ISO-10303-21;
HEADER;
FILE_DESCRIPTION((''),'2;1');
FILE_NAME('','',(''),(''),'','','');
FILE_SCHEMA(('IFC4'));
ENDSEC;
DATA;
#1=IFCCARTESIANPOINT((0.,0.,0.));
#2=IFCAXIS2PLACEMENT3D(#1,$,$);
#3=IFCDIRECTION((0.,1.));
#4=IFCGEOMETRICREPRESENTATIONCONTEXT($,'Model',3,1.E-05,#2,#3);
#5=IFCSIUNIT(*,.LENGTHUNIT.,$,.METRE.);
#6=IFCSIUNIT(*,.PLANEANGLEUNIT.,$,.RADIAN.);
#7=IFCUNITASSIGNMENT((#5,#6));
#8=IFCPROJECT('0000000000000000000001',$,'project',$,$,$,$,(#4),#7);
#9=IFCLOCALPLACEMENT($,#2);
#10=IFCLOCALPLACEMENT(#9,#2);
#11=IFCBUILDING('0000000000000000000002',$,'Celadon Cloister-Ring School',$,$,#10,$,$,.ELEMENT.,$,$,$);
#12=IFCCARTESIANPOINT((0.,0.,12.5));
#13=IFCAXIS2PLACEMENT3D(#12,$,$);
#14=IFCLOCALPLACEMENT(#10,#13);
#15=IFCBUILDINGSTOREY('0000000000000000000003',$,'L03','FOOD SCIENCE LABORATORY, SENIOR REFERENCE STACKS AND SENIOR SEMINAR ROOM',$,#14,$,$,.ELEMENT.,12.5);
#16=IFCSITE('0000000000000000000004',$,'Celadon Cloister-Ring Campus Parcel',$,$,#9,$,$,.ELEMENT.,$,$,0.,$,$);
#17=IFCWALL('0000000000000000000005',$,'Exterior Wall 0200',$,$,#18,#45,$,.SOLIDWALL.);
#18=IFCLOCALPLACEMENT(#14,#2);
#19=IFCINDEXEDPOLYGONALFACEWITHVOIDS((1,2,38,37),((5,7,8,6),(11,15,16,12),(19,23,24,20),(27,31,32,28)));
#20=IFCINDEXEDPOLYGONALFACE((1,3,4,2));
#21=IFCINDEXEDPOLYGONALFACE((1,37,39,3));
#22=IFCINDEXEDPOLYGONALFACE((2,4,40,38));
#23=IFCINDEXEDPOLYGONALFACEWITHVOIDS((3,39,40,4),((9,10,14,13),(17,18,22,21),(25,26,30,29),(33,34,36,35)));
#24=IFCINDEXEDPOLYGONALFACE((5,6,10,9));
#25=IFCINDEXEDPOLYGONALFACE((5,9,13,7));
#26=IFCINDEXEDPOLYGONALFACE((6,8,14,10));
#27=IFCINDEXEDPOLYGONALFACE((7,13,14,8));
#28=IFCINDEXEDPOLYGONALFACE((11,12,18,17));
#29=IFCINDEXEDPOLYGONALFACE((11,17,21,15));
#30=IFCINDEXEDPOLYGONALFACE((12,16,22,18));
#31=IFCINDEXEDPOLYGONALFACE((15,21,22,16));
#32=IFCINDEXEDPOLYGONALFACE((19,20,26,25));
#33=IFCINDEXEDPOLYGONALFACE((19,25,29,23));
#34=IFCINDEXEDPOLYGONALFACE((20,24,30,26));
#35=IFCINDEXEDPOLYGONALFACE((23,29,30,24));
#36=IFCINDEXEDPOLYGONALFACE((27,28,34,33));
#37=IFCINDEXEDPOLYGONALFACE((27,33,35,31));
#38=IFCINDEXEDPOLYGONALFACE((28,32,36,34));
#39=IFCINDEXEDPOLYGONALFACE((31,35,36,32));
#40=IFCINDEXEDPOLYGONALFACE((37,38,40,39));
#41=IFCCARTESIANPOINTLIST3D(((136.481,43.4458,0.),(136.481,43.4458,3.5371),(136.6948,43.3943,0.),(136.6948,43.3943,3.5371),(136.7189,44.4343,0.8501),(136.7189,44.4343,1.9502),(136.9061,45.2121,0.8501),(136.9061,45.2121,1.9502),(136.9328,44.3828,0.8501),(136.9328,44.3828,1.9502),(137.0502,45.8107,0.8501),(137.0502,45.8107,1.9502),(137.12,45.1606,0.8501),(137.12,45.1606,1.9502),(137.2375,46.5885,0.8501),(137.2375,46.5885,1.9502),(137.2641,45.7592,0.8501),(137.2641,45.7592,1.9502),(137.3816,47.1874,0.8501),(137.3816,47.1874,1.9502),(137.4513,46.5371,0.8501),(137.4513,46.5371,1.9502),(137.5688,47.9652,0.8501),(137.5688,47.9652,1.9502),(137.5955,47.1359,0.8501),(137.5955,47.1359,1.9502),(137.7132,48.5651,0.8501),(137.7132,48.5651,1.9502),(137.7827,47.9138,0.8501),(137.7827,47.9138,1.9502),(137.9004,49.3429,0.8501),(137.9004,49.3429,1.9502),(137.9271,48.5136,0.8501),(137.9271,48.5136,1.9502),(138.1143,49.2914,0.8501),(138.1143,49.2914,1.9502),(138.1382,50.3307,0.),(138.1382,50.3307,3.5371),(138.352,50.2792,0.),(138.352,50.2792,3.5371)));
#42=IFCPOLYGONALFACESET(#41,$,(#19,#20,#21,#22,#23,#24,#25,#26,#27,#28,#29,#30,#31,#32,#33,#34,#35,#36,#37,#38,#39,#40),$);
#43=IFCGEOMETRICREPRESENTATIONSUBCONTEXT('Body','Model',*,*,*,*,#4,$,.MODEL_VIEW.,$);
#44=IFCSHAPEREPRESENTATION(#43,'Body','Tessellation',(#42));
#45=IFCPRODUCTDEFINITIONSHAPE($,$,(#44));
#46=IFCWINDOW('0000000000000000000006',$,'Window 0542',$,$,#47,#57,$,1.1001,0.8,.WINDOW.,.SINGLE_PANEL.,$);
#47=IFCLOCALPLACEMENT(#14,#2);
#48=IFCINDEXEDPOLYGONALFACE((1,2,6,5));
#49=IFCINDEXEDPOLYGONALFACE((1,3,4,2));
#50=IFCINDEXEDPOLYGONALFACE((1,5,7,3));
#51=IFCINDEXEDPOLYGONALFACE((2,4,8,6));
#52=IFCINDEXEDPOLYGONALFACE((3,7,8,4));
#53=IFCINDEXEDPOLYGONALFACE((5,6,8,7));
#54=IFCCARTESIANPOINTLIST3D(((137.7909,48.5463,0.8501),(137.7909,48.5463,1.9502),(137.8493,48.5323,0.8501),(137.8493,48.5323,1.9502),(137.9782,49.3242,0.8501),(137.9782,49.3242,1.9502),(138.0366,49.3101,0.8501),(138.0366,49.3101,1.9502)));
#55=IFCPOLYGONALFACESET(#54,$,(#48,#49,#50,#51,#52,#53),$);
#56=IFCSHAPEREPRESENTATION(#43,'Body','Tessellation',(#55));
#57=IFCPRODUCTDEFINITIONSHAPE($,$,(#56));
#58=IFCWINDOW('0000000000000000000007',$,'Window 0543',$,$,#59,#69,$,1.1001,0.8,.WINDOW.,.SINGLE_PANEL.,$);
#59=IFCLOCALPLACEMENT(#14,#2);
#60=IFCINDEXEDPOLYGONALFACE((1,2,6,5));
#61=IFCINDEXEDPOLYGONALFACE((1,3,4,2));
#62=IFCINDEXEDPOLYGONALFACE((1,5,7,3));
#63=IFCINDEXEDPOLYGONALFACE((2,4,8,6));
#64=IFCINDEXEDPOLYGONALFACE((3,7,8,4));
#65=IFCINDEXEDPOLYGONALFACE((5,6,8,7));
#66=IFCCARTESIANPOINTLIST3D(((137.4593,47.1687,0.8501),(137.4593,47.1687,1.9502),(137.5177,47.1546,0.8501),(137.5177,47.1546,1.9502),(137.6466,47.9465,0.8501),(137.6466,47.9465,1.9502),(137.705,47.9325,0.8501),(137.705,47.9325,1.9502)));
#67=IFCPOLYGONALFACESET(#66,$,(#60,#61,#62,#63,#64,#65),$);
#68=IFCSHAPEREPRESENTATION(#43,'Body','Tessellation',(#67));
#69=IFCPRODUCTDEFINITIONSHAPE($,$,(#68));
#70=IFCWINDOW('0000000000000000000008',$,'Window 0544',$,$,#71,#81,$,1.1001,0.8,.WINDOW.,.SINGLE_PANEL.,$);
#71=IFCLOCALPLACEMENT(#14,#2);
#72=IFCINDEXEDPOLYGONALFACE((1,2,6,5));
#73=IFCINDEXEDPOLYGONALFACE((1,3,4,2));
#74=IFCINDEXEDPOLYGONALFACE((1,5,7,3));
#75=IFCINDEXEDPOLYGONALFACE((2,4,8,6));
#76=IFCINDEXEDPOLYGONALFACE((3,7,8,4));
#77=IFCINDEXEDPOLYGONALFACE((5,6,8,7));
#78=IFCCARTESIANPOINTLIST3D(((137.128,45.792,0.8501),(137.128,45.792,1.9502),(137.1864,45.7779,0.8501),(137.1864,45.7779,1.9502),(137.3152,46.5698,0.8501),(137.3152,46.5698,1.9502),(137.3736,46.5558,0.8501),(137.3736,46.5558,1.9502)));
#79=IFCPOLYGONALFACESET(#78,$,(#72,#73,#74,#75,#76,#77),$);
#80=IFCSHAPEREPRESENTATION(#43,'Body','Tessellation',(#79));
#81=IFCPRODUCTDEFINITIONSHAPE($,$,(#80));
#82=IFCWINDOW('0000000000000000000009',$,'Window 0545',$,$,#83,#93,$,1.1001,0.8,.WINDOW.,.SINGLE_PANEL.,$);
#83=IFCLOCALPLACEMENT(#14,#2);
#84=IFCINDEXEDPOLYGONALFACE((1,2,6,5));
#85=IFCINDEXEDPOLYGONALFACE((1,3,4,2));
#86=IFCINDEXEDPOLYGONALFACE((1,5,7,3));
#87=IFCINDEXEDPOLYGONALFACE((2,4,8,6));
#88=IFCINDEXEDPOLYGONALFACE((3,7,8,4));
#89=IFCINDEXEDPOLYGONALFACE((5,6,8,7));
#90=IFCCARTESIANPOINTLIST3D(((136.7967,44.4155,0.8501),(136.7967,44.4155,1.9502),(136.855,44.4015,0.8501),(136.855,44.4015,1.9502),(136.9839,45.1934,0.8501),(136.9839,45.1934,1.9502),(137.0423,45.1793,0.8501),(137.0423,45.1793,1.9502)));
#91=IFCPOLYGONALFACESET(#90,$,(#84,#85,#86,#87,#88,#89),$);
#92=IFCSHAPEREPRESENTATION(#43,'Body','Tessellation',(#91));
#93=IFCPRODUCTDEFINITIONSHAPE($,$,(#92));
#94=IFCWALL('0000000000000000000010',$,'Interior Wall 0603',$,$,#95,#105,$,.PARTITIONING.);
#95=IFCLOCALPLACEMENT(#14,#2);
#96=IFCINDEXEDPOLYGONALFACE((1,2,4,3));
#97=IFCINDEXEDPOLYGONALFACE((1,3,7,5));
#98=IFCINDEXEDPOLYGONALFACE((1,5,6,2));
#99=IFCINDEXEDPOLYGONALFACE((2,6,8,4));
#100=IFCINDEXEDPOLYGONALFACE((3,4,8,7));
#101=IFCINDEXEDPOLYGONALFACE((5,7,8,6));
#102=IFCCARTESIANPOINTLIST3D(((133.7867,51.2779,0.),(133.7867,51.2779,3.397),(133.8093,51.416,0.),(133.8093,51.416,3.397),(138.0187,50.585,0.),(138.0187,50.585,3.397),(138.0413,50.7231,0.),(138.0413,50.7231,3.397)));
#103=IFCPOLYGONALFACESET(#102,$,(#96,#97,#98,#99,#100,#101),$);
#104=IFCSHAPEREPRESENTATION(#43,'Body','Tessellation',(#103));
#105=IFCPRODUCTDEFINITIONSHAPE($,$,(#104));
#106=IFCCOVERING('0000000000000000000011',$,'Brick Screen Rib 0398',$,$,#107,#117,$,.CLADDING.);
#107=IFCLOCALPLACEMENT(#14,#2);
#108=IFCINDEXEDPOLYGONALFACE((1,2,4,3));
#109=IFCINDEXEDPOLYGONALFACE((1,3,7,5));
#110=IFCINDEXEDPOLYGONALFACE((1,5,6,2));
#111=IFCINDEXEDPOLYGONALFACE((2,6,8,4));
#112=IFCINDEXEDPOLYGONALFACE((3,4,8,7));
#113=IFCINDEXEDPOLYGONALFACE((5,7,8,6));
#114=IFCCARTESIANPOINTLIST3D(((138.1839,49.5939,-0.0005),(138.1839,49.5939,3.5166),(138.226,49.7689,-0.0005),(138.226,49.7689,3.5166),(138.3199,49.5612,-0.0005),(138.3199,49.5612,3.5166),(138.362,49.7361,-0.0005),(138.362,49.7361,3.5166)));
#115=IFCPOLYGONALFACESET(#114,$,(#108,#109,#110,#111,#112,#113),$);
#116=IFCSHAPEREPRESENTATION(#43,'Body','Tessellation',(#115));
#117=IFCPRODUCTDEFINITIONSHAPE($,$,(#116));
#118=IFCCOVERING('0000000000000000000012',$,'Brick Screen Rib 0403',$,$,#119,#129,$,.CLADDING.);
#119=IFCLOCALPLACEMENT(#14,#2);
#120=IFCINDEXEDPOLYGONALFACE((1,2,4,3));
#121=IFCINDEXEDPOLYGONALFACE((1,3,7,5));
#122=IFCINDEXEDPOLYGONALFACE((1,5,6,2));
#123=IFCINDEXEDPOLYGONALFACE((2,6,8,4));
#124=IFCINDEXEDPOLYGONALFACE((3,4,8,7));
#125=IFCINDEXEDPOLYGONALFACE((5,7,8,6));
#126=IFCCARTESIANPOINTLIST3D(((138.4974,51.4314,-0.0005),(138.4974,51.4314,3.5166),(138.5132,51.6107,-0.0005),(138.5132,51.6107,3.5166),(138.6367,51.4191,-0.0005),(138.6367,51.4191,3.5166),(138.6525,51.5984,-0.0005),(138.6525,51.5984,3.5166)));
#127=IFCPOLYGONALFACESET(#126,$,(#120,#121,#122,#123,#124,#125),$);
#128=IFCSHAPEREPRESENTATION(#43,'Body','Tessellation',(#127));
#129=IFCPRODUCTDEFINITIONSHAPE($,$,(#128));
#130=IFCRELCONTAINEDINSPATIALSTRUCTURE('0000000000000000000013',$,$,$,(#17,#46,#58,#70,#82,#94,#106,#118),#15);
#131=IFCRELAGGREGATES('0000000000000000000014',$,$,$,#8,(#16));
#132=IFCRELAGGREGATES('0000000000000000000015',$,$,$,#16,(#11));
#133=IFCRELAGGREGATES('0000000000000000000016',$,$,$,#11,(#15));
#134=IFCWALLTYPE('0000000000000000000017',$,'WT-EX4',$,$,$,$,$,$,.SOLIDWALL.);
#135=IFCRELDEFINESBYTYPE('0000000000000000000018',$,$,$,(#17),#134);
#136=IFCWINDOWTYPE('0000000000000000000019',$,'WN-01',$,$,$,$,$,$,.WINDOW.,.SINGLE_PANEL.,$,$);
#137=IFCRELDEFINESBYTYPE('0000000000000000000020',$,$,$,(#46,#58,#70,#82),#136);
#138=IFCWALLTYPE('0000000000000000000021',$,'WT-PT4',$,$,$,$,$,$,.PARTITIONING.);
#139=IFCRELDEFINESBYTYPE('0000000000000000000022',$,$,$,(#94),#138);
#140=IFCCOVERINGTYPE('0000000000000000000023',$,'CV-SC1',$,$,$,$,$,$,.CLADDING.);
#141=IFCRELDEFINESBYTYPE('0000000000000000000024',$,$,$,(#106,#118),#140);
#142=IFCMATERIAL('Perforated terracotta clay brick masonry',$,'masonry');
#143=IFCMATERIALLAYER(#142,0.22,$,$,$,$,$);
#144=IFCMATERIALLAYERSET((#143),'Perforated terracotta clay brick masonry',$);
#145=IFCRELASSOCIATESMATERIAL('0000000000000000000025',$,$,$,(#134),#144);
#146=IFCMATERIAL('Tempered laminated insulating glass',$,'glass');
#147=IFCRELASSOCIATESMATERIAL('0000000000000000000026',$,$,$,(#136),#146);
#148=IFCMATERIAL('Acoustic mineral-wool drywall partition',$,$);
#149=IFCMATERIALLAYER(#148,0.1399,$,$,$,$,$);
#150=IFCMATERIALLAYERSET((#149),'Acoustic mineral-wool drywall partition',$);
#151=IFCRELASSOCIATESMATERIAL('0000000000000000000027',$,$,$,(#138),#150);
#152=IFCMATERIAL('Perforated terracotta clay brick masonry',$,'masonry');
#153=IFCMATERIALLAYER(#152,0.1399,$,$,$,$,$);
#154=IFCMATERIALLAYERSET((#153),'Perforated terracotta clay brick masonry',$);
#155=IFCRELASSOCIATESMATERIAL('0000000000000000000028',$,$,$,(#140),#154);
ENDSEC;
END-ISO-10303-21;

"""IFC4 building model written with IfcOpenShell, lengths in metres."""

from ifc_helpers import new_model, si_unit, direction, frame, frame_2d, origin, origin_2d, place, context, subcontext, project, spatial, rectangle, extrude, material, layer, layer_set, type_object, element, fill, save


model = new_model("IFC4")

# Units and contexts
model_context = context("Model", 3, precision=1e-05, world=origin(), true_north=direction((0.0, 1.0)))
body_context = subcontext(model_context, "Body", "Model", "MODEL_VIEW")
ifc_project = project(units=[si_unit("LENGTHUNIT", "METRE"), si_unit("PLANEANGLEUNIT", "RADIAN")], contexts=[model_context])

# Site, building, storey
site_placement = place(None, origin())
site = spatial("IfcSite", under=ifc_project, at=site_placement, Name="Celadon Cloister-Ring Campus Parcel", CompositionType="ELEMENT", RefElevation=0.0)
building_placement = place(site_placement, origin())
building = spatial("IfcBuilding", under=site, at=building_placement, Name="Celadon Cloister-Ring School", CompositionType="ELEMENT")
storey_placement = place(building_placement, frame((0.0, 0.0, 12.5)))
storey = spatial("IfcBuildingStorey", under=building, at=storey_placement, Name="L03", Description="FOOD SCIENCE LABORATORY, SENIOR REFERENCE STACKS AND SENIOR SEMINAR ROOM", CompositionType="ELEMENT", Elevation=12.5)

# Wall, openings, windows
ifc_material_1 = material(Name="Perforated terracotta clay brick masonry", Category="masonry")
ifc_layer_1 = layer(ifc_material_1, 0.22)
ifc_layer_set_1 = layer_set([ifc_layer_1], Name="Perforated terracotta clay brick masonry")
wall_type_1 = type_object("IfcWallType", Name="WT-EX4", PredefinedType="SOLIDWALL", material=ifc_layer_set_1)
wall_1_placement = place(storey_placement, frame((138.2451, 50.3049, 0.0), z_axis=(0.0, 0.0, 1.0), x_axis=(-0.234017, -0.972232, 0.0)))
wall_1 = element("IfcWall", 1, at=wall_1_placement, inside=storey, type_object=wall_type_1, Name="Exterior Wall 0200", PredefinedType="SOLIDWALL", context=body_context, shape_type="SweptSolid", body=[
    extrude(rectangle(XDim=7.0815, YDim=0.22, at=frame_2d((3.5408, 0.0))), origin(), (0.0, 0.0, 1.0), 3.5371),
])
opening_1_placement = place(wall_1_placement, frame((1.0161, 0.0, 0.8501)))
opening_1 = element("IfcOpeningElement", 2, at=opening_1_placement, cuts=wall_1, PredefinedType="OPENING", context=body_context, shape_type="SweptSolid", body=[
    extrude(rectangle(XDim=0.8, YDim=1.1001, at=frame_2d((0.3999, 0.55))), frame((0.0, 0.1201, 0.0), z_axis=(0.0, -1.0, 0.0), x_axis=(1.0, 0.0, 0.0)), (0.0, 0.0, 1.0), 0.24),
])
opening_2_placement = place(wall_1_placement, frame((2.4331, 0.0, 0.8501)))
opening_2 = element("IfcOpeningElement", 3, at=opening_2_placement, cuts=wall_1, PredefinedType="OPENING", context=body_context, shape_type="SweptSolid", body=[
    extrude(rectangle(XDim=0.8, YDim=1.1001, at=frame_2d((0.3999, 0.55))), frame((0.0, 0.1201, 0.0), z_axis=(0.0, -1.0, 0.0), x_axis=(1.0, 0.0, 0.0)), (0.0, 0.0, 1.0), 0.24),
])
opening_3_placement = place(wall_1_placement, frame((3.8491, 0.0, 0.8501)))
opening_3 = element("IfcOpeningElement", 4, at=opening_3_placement, cuts=wall_1, PredefinedType="OPENING", context=body_context, shape_type="SweptSolid", body=[
    extrude(rectangle(XDim=0.8, YDim=1.1001, at=frame_2d((0.3999, 0.55))), frame((0.0, 0.1201, 0.0), z_axis=(0.0, -1.0, 0.0), x_axis=(1.0, 0.0, 0.0)), (0.0, 0.0, 1.0), 0.24),
])
opening_4_placement = place(wall_1_placement, frame((5.2649, 0.0, 0.8501)))
opening_4 = element("IfcOpeningElement", 5, at=opening_4_placement, cuts=wall_1, PredefinedType="OPENING", context=body_context, shape_type="SweptSolid", body=[
    extrude(rectangle(XDim=0.8, YDim=1.1001, at=frame_2d((0.3999, 0.55))), frame((0.0, 0.1201, 0.0), z_axis=(0.0, -1.0, 0.0), x_axis=(1.0, 0.0, 0.0)), (0.0, 0.0, 1.0), 0.24),
])
ifc_material_2 = material(Name="Tempered laminated insulating glass", Category="glass")
window_type = type_object("IfcWindowType", Name="WN-01", PartitioningType="SINGLE_PANEL", PredefinedType="WINDOW", material=ifc_material_2)
window_1_placement = place(opening_1_placement, origin())
window_1 = element("IfcWindow", 6, at=window_1_placement, inside=storey, type_object=window_type, Name="Window 0542", OverallHeight=1.1001, OverallWidth=0.8, PartitioningType="SINGLE_PANEL", PredefinedType="WINDOW", context=body_context, shape_type="SweptSolid", body=[
    extrude(rectangle(XDim=0.8, YDim=1.1001, at=frame_2d((0.3999, 0.55))), frame((0.0, 0.03, 0.0), z_axis=(0.0, -1.0, 0.0), x_axis=(1.0, 0.0, 0.0)), (0.0, 0.0, 1.0), 0.0601),
])
fill(opening_1, window_1)
window_2_placement = place(opening_2_placement, origin())
window_2 = element("IfcWindow", 7, at=window_2_placement, inside=storey, type_object=window_type, Name="Window 0543", OverallHeight=1.1001, OverallWidth=0.8, PartitioningType="SINGLE_PANEL", PredefinedType="WINDOW", context=body_context, shape_type="SweptSolid", body=[
    extrude(rectangle(XDim=0.8, YDim=1.1001, at=frame_2d((0.3999, 0.55))), frame((0.0, 0.03, 0.0), z_axis=(0.0, -1.0, 0.0), x_axis=(1.0, 0.0, 0.0)), (0.0, 0.0, 1.0), 0.0601),
])
fill(opening_2, window_2)
window_3_placement = place(opening_3_placement, origin())
window_3 = element("IfcWindow", 8, at=window_3_placement, inside=storey, type_object=window_type, Name="Window 0544", OverallHeight=1.1001, OverallWidth=0.8, PartitioningType="SINGLE_PANEL", PredefinedType="WINDOW", context=body_context, shape_type="SweptSolid", body=[
    extrude(rectangle(XDim=0.8, YDim=1.1001, at=frame_2d((0.3999, 0.55))), frame((0.0, 0.03, 0.0), z_axis=(0.0, -1.0, 0.0), x_axis=(1.0, 0.0, 0.0)), (0.0, 0.0, 1.0), 0.0601),
])
fill(opening_3, window_3)
window_4_placement = place(opening_4_placement, origin())
window_4 = element("IfcWindow", 9, at=window_4_placement, inside=storey, type_object=window_type, Name="Window 0545", OverallHeight=1.1001, OverallWidth=0.8, PartitioningType="SINGLE_PANEL", PredefinedType="WINDOW", context=body_context, shape_type="SweptSolid", body=[
    extrude(rectangle(XDim=0.8, YDim=1.1001, at=frame_2d((0.3999, 0.55))), frame((0.0, 0.03, 0.0), z_axis=(0.0, -1.0, 0.0), x_axis=(1.0, 0.0, 0.0)), (0.0, 0.0, 1.0), 0.0601),
])
fill(opening_4, window_4)

# Wall
ifc_material_3 = material(Name="Acoustic mineral-wool drywall partition")
ifc_layer_2 = layer(ifc_material_3, 0.1399)
ifc_layer_set_2 = layer_set([ifc_layer_2], Name="Acoustic mineral-wool drywall partition")
wall_type_2 = type_object("IfcWallType", Name="WT-PT4", PredefinedType="PARTITIONING", material=ifc_layer_set_2)
wall_2_placement = place(storey_placement, frame((133.7981, 51.3469, 0.0), z_axis=(0.0, 0.0, 1.0), x_axis=(0.986861, -0.161573, 0.0)))
element("IfcWall", 10, at=wall_2_placement, inside=storey, type_object=wall_type_2, Name="Interior Wall 0603", PredefinedType="PARTITIONING", context=body_context, shape_type="SweptSolid", body=[
    extrude(rectangle(XDim=4.2883, YDim=0.1399, at=frame_2d((2.144, 0.0))), origin(), (0.0, 0.0, 1.0), 3.397),
])

# Coverings
ifc_material_4 = material(Name="Perforated terracotta clay brick masonry", Category="masonry")
ifc_layer_3 = layer(ifc_material_4, 0.1399)
ifc_layer_set_3 = layer_set([ifc_layer_3], Name="Perforated terracotta clay brick masonry")
covering_type = type_object("IfcCoveringType", Name="CV-SC1", PredefinedType="CLADDING", material=ifc_layer_set_3)
for number, where, z_axis, x_axis, name in (
    (11, (138.2729, 49.665, -0.0005), (0.0, 0.0, 1.0), (-0.233988, -0.972239, 0.0), "Brick Screen Rib 0398"),
    (12, (138.575, 51.5149, -0.0005), (0.0, 0.0, 1.0), (-0.087973, -0.996123, 0.0), "Brick Screen Rib 0403"),
):
    element("IfcCovering", number, at=place(storey_placement, frame(where, z_axis=z_axis, x_axis=x_axis)), inside=storey, type_object=covering_type, Name=name, PredefinedType="CLADDING", context=body_context, shape_type="SweptSolid", body=[
        extrude(rectangle(XDim=0.1799, YDim=0.1399, at=origin_2d()), origin(), (0.0, 0.0, 1.0), 3.5171),
    ])

save(model, "model.ifc")
